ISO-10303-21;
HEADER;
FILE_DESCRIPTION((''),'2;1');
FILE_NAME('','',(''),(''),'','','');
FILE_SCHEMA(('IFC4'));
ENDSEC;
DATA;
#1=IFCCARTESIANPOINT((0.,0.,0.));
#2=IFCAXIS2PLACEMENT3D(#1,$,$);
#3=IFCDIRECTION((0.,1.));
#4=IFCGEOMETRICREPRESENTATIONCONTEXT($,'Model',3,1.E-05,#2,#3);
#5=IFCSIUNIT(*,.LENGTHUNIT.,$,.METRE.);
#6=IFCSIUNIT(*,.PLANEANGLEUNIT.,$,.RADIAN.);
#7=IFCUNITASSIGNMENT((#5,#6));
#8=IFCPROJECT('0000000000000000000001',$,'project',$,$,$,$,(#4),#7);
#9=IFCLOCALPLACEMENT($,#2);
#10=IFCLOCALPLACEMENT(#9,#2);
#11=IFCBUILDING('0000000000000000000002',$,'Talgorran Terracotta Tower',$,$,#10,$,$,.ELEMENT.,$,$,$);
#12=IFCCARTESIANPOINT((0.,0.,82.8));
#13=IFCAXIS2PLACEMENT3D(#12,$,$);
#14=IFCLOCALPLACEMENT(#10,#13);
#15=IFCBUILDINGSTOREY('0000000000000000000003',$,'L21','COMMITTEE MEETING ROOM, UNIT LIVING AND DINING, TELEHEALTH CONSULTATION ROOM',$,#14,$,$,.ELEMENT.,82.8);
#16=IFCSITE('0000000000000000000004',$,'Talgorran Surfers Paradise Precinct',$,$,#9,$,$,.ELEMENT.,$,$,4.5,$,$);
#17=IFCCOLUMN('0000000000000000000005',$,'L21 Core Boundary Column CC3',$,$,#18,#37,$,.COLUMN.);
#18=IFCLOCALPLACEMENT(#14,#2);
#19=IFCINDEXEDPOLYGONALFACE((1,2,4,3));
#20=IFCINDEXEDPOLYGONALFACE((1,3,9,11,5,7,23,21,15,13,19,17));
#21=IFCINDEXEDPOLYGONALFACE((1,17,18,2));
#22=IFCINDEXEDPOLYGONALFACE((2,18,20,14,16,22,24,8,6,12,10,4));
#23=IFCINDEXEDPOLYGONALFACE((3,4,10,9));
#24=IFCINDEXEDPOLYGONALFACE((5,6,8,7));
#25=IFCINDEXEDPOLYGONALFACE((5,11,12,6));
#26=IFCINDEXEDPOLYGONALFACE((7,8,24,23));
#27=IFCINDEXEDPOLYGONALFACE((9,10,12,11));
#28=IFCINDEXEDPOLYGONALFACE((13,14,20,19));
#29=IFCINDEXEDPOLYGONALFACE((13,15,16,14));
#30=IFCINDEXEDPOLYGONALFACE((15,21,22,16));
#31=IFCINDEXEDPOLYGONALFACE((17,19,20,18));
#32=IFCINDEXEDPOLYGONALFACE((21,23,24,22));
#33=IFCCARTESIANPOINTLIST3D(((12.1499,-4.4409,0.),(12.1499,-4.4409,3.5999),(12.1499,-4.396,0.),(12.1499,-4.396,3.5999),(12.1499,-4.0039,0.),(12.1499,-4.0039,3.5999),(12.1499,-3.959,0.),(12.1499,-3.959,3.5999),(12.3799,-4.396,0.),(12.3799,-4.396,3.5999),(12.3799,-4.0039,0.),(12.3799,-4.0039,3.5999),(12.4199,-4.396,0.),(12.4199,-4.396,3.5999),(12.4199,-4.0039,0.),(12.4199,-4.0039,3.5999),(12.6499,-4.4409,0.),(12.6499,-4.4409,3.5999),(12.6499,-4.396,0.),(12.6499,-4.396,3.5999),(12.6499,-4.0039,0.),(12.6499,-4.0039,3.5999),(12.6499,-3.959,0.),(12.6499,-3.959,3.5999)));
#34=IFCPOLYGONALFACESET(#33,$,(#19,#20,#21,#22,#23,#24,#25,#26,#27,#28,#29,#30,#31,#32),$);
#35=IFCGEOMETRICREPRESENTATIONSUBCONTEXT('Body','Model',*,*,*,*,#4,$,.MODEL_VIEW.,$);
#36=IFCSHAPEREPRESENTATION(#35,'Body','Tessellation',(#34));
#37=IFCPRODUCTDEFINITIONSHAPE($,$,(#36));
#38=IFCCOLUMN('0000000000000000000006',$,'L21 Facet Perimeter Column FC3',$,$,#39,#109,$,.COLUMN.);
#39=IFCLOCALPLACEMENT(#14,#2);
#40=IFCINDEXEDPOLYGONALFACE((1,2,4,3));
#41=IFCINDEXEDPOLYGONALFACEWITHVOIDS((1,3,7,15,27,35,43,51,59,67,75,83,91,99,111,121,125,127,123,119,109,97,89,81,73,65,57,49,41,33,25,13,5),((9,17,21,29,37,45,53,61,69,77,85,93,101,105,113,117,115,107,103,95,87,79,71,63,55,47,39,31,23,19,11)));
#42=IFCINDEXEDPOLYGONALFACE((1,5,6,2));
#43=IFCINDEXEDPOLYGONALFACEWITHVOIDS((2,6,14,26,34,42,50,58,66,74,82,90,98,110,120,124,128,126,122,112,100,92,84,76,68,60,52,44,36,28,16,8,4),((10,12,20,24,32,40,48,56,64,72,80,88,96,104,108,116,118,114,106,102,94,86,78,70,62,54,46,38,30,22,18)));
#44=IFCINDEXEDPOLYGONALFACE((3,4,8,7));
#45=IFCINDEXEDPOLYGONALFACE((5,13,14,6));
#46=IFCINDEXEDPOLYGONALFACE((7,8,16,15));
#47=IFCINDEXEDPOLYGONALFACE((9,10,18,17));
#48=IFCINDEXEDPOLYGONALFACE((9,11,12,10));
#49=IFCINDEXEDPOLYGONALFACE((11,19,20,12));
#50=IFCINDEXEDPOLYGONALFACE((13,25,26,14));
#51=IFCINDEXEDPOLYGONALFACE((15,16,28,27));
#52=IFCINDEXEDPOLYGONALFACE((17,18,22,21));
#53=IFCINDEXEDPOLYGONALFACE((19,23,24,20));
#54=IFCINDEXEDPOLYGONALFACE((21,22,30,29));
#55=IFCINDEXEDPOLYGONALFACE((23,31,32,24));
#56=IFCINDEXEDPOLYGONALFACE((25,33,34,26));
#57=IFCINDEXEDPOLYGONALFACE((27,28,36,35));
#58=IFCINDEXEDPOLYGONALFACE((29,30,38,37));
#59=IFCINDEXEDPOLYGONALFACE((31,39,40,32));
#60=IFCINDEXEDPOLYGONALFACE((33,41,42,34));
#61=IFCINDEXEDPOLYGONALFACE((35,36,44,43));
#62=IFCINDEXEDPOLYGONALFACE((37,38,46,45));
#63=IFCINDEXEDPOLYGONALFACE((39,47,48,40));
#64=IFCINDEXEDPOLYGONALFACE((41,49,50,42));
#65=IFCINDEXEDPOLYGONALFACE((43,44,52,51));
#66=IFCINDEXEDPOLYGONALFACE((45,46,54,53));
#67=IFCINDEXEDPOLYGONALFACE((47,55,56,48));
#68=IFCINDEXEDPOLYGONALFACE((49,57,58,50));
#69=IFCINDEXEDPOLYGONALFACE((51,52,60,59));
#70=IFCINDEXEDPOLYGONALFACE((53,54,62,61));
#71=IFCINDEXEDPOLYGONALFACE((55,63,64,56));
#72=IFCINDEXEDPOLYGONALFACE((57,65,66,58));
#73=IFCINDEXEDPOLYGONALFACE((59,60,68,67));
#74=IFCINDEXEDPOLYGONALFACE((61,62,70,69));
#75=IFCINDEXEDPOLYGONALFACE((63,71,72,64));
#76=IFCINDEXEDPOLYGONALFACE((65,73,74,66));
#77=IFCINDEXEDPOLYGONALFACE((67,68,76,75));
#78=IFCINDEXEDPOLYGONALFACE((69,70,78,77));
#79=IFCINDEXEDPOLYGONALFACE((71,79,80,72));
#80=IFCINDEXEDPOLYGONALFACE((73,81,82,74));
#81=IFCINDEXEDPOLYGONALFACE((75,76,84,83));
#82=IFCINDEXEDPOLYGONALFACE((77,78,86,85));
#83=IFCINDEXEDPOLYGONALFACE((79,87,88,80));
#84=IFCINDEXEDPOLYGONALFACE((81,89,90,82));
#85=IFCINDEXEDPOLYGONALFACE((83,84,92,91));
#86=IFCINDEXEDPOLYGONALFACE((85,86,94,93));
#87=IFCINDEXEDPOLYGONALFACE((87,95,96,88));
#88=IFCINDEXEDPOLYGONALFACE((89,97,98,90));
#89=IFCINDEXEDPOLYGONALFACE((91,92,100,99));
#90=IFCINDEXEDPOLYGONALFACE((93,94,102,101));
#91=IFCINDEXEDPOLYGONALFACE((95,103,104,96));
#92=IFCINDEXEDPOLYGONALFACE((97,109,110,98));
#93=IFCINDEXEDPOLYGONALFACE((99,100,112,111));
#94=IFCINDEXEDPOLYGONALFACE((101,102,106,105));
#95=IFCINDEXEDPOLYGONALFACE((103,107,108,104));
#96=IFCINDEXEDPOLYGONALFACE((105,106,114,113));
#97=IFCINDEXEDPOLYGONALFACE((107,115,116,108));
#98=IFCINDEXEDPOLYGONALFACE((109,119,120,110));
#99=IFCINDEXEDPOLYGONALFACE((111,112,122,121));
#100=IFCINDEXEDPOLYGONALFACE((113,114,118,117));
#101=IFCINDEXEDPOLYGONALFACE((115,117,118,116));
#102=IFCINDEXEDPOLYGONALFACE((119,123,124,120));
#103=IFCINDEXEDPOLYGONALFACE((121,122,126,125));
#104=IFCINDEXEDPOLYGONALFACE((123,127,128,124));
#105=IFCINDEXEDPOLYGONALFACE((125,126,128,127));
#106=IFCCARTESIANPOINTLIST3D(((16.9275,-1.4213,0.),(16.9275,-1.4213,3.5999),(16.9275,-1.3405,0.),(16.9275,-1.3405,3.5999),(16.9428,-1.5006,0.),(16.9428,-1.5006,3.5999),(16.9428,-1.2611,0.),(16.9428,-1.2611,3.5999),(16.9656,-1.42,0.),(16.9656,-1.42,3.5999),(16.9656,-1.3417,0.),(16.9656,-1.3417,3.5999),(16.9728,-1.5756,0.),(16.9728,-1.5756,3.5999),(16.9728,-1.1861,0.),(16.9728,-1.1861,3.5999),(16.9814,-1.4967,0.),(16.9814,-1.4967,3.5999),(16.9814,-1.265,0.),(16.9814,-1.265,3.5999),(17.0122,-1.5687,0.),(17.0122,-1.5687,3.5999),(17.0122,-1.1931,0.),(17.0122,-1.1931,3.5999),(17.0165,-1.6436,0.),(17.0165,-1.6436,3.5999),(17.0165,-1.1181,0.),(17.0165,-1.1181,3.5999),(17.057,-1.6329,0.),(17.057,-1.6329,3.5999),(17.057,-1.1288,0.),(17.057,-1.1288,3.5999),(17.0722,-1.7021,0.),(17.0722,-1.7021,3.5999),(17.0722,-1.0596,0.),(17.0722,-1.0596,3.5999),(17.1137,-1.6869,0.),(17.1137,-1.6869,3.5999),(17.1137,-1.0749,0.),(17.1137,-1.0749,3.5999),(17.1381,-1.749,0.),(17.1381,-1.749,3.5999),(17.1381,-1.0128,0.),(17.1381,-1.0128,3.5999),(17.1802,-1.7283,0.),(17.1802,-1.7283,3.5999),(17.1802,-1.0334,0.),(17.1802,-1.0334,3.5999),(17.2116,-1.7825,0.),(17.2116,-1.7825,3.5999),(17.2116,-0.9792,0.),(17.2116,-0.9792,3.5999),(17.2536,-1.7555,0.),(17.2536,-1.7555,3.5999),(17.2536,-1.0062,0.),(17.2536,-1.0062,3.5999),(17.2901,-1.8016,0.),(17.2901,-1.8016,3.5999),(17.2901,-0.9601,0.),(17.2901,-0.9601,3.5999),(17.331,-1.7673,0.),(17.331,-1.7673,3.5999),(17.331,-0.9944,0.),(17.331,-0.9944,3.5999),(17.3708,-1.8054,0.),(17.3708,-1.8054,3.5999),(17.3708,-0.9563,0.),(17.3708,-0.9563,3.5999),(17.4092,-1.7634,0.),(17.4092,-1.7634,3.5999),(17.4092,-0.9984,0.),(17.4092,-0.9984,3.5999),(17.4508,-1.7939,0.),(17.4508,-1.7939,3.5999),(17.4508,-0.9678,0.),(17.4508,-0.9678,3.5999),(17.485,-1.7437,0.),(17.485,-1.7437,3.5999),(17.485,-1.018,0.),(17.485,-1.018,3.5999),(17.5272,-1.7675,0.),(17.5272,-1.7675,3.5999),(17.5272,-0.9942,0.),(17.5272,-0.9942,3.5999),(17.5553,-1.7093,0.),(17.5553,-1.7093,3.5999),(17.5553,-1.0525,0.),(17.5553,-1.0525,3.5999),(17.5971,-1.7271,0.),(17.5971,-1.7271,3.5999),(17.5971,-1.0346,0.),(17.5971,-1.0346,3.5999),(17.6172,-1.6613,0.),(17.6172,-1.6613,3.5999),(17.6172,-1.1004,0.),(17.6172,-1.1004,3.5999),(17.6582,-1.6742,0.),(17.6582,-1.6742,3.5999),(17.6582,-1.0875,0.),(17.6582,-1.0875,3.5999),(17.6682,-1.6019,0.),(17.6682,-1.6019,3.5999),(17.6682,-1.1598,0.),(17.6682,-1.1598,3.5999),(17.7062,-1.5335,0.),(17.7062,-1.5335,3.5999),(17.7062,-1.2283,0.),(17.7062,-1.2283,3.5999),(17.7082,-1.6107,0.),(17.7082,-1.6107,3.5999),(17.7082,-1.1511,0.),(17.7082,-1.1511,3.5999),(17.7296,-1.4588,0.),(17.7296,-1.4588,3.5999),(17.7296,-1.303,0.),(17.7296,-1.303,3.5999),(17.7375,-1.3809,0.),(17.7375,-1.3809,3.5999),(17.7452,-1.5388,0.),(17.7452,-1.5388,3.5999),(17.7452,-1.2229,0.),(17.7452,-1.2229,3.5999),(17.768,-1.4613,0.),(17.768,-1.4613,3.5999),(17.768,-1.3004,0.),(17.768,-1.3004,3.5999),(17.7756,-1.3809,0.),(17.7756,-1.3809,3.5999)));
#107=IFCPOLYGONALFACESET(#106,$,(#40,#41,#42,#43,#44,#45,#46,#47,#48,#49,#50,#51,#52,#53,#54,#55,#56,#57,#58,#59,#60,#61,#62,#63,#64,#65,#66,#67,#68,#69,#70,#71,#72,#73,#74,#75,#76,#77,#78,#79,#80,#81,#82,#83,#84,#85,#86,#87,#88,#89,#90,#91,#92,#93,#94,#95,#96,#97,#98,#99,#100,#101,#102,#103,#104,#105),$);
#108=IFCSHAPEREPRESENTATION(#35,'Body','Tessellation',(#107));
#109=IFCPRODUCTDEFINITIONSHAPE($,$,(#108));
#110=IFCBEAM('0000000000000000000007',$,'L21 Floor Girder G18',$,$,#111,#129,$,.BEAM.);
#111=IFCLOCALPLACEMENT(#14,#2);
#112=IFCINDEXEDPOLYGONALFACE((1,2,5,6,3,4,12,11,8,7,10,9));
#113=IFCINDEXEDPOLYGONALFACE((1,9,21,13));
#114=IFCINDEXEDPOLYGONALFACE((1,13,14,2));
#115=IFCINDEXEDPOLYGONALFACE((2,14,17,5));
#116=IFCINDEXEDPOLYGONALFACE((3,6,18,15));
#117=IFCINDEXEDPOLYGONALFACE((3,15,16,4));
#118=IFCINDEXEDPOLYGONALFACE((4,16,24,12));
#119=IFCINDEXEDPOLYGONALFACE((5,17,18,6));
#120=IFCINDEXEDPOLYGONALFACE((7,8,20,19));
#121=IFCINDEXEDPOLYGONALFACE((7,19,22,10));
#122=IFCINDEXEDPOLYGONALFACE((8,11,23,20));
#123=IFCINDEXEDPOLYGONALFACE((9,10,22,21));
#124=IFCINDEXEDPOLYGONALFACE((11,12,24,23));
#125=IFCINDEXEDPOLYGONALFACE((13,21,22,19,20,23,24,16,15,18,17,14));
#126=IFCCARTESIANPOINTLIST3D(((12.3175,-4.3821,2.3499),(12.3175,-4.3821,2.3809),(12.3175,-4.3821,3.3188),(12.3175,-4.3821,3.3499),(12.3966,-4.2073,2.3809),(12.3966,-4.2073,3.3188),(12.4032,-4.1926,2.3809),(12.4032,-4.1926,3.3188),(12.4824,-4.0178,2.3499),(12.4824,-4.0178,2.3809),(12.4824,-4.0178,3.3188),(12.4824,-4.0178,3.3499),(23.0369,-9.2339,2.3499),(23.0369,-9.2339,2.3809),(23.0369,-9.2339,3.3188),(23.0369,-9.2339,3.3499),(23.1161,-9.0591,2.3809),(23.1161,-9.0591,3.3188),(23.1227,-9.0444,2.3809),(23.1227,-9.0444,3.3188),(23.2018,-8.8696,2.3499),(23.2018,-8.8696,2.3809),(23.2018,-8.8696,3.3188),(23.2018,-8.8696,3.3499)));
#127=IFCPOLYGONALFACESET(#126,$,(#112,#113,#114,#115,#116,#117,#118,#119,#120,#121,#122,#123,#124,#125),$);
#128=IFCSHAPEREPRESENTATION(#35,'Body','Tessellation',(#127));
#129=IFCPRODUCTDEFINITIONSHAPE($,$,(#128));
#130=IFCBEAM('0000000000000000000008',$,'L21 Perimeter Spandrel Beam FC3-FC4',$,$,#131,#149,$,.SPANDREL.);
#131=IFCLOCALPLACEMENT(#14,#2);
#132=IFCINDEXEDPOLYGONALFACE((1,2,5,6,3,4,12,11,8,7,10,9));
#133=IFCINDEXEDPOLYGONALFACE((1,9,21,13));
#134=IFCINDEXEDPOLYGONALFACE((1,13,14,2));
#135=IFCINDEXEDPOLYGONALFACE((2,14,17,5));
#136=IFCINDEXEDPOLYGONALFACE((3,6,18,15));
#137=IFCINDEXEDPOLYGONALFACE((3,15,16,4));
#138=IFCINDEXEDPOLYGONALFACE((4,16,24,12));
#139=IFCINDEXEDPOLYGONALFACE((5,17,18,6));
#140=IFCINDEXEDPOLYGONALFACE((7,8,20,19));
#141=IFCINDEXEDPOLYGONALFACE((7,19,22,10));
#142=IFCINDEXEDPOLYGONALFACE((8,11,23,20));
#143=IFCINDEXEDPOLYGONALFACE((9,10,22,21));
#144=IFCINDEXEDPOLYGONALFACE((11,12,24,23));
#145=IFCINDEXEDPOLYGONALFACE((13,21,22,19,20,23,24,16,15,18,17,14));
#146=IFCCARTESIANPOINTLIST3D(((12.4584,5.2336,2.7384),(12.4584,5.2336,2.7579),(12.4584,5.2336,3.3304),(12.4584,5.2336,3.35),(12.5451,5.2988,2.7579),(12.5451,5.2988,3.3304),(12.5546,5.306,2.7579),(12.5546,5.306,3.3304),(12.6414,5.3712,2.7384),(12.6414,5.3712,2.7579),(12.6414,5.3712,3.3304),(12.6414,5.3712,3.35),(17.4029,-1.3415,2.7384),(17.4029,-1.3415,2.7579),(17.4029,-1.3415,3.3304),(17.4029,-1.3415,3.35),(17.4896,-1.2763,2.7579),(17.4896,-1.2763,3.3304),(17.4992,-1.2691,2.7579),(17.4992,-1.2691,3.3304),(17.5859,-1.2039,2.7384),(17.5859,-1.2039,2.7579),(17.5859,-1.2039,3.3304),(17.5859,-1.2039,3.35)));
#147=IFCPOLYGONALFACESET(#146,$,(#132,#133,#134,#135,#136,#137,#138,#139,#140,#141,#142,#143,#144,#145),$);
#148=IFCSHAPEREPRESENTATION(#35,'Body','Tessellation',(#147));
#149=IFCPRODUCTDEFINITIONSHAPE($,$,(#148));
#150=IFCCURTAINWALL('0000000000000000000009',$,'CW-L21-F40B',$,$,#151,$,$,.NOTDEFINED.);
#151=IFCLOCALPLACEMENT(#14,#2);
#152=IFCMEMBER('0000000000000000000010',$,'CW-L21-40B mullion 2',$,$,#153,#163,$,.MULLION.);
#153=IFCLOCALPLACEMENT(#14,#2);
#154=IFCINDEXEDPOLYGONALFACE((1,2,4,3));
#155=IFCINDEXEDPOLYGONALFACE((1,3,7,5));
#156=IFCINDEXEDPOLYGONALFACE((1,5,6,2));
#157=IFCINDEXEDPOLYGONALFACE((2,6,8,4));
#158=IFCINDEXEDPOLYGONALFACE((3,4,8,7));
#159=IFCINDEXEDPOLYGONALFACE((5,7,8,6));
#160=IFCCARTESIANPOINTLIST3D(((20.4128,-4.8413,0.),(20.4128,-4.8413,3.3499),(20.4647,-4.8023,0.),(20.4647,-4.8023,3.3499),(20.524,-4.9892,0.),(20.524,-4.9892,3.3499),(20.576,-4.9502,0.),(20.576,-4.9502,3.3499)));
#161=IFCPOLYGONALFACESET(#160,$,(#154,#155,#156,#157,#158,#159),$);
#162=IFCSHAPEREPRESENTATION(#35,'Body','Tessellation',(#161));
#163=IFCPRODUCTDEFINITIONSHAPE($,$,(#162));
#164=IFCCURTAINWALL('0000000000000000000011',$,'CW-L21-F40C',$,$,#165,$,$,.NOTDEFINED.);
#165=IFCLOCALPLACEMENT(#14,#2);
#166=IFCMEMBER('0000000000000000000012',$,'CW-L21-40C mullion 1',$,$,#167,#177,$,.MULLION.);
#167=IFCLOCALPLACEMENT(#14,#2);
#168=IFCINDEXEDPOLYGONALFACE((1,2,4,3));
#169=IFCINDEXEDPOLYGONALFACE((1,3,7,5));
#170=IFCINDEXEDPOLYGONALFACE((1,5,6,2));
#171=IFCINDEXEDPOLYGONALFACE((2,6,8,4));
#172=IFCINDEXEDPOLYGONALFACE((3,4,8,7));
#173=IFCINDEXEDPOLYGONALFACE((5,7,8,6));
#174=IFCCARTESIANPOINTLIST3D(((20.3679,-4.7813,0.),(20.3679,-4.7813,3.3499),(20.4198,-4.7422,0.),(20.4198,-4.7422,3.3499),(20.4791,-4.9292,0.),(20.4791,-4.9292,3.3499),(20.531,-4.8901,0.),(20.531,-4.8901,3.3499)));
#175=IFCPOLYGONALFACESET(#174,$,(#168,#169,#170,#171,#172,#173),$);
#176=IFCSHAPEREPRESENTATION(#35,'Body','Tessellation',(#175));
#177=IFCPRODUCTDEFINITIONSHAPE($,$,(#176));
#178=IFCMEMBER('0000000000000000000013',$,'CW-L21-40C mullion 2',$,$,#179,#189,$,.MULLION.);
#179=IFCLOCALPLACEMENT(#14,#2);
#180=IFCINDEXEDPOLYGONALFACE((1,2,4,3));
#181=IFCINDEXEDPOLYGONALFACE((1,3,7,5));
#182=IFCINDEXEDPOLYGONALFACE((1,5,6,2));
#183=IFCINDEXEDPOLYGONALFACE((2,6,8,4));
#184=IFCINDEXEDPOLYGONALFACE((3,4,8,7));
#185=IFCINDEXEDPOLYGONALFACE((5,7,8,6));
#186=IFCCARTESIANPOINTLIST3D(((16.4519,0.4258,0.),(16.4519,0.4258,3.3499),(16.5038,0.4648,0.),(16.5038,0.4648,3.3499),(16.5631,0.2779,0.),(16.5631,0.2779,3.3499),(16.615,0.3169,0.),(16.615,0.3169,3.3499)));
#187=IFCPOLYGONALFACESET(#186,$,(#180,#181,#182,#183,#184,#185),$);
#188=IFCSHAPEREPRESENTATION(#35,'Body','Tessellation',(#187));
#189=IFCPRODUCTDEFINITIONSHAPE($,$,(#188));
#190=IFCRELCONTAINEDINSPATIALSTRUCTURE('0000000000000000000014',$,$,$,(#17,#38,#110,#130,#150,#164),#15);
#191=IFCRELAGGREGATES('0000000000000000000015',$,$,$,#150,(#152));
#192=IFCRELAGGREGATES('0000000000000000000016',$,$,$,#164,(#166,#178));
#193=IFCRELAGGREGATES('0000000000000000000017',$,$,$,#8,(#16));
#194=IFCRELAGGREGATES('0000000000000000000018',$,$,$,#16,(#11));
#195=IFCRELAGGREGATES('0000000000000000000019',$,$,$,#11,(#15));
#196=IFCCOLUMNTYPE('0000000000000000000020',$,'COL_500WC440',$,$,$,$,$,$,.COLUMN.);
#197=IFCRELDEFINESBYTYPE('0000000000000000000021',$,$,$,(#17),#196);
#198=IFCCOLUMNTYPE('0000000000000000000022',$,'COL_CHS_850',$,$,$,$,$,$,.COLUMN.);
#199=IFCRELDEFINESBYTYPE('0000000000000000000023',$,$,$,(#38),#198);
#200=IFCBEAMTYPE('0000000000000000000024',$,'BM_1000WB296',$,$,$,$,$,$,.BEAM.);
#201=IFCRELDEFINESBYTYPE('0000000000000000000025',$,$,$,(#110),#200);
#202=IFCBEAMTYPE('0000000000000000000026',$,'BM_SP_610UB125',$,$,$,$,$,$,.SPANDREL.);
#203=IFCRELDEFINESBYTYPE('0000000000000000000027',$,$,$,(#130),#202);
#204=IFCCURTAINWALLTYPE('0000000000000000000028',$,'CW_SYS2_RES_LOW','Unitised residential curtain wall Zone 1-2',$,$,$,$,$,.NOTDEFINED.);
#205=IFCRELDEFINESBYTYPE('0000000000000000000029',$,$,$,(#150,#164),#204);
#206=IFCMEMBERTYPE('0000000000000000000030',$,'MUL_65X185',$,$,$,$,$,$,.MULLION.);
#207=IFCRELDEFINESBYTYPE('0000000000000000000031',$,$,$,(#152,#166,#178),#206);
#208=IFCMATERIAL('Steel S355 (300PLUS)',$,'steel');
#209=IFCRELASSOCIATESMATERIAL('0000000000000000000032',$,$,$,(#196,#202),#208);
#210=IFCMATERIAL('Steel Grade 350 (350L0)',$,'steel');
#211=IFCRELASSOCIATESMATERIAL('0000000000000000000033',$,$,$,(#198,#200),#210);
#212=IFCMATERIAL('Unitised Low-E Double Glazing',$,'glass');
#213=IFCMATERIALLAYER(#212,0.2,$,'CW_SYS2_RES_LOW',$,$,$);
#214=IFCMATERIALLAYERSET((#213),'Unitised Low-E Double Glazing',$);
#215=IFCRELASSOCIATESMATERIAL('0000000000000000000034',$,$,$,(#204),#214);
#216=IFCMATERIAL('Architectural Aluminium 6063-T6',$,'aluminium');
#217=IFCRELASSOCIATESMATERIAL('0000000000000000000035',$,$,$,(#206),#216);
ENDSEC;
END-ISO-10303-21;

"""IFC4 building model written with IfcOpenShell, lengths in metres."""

from ifc_helpers import new_model, si_unit, direction, frame, origin, origin_2d, place, context, subcontext, project, spatial, rectangle, hollow_circle, i_section, extrude, material, layer, layer_set, material_profile, profile_set, type_object, element, aggregate, save


model = new_model("IFC4")

# Units and contexts
model_context = context("Model", 3, precision=1e-05, world=origin(), true_north=direction((0.0, 1.0)))
body_context = subcontext(model_context, "Body", "Model", "MODEL_VIEW")
ifc_project = project(units=[si_unit("LENGTHUNIT", "METRE"), si_unit("PLANEANGLEUNIT", "RADIAN")], contexts=[model_context])

# Site, building, storey
site_placement = place(None, origin())
site = spatial("IfcSite", under=ifc_project, at=site_placement, Name="Talgorran Surfers Paradise Precinct", CompositionType="ELEMENT", RefElevation=4.5)
building_placement = place(site_placement, origin())
building = spatial("IfcBuilding", under=site, at=building_placement, Name="Talgorran Terracotta Tower", CompositionType="ELEMENT")
storey_placement = place(building_placement, frame((0.0, 0.0, 82.8)))
storey = spatial("IfcBuildingStorey", under=building, at=storey_placement, Name="L21", Description="COMMITTEE MEETING ROOM, UNIT LIVING AND DINING, TELEHEALTH CONSULTATION ROOM", CompositionType="ELEMENT", Elevation=82.8)

# Columns
ifc_material_1 = material(Name="Steel S355 (300PLUS)", Category="steel")
ifc_material_profile_1 = material_profile(ifc_material_1, i_section(OverallWidth=0.5, OverallDepth=0.4819, WebThickness=0.04, FlangeThickness=0.0449, at=origin_2d()), Name="500WC440")
ifc_profile_set_1 = profile_set([ifc_material_profile_1], Name="Steel S355 (300PLUS)")
column_type_1 = type_object("IfcColumnType", Name="COL_500WC440", PredefinedType="COLUMN", material=ifc_profile_set_1)
column_1_placement = place(storey_placement, frame((12.3999, -4.2, 0.0), z_axis=(0.0, 0.0, 1.0), x_axis=(1.0, 0.0, 0.0)))
element("IfcColumn", 1, at=column_1_placement, inside=storey, type_object=column_type_1, Name="L21 Core Boundary Column CC3", PredefinedType="COLUMN", context=body_context, shape_type="SweptSolid", body=[
    extrude(i_section(OverallWidth=0.5, OverallDepth=0.4819, WebThickness=0.04, FlangeThickness=0.0449, at=origin_2d()), origin(), (0.0, 0.0, 1.0), 3.5999),
])
ifc_material_2 = material(Name="Steel Grade 350 (350L0)", Category="steel")
ifc_material_profile_2 = material_profile(ifc_material_2, hollow_circle(Radius=0.425, WallThickness=0.0381, at=origin_2d()), Name="CHS850X38")
ifc_profile_set_2 = profile_set([ifc_material_profile_2], Name="Steel Grade 350 (350L0)")
column_type_2 = type_object("IfcColumnType", Name="COL_CHS_850", PredefinedType="COLUMN", material=ifc_profile_set_2)
column_2_placement = place(storey_placement, frame((17.3506, -1.3809, 0.0), z_axis=(0.0, 0.0, 1.0), x_axis=(1.0, 0.0, 0.0)))
element("IfcColumn", 2, at=column_2_placement, inside=storey, type_object=column_type_2, Name="L21 Facet Perimeter Column FC3", PredefinedType="COLUMN", context=body_context, shape_type="SweptSolid", body=[
    extrude(hollow_circle(Radius=0.425, WallThickness=0.0381, at=origin_2d()), origin(), (0.0, 0.0, 1.0), 3.5999),
])

# Beams
ifc_material_profile_3 = material_profile(ifc_material_2, i_section(OverallWidth=0.3999, OverallDepth=1.0, WebThickness=0.0161, FlangeThickness=0.031, at=origin_2d()), Name="1000WB296")
ifc_profile_set_3 = profile_set([ifc_material_profile_3], Name="Steel Grade 350 (350L0)")
beam_type_1 = type_object("IfcBeamType", Name="BM_1000WB296", PredefinedType="BEAM", material=ifc_profile_set_3)
beam_1_placement = place(storey_placement, frame((12.3999, -4.2, 2.8499), z_axis=(0.911028, -0.412345, 0.0), x_axis=(0.412345, 0.911028, 0.0)))
element("IfcBeam", 3, at=beam_1_placement, inside=storey, type_object=beam_type_1, Name="L21 Floor Girder G18", PredefinedType="BEAM", context=body_context, shape_type="SweptSolid", body=[
    extrude(i_section(OverallWidth=0.3999, OverallDepth=1.0, WebThickness=0.0161, FlangeThickness=0.031, at=origin_2d()), origin(), (0.0, 0.0, 1.0), 11.7664),
])
ifc_material_profile_4 = material_profile(ifc_material_1, i_section(OverallWidth=0.229, OverallDepth=0.6116, WebThickness=0.012, FlangeThickness=0.0195, at=origin_2d()), Name="610UB125")
ifc_profile_set_4 = profile_set([ifc_material_profile_4], Name="Steel S355 (300PLUS)")
beam_type_2 = type_object("IfcBeamType", Name="BM_SP_610UB125", PredefinedType="SPANDREL", material=ifc_profile_set_4)
beam_2_placement = place(storey_placement, frame((17.4944, -1.2727, 3.0442), z_axis=(-0.601025, 0.79923, 0.0), x_axis=(-0.79923, -0.601025, 0.0)))
element("IfcBeam", 4, at=beam_2_placement, inside=storey, type_object=beam_type_2, Name="L21 Perimeter Spandrel Beam FC3-FC4", PredefinedType="SPANDREL", context=body_context, shape_type="SweptSolid", body=[
    extrude(i_section(OverallWidth=0.229, OverallDepth=0.6116, WebThickness=0.012, FlangeThickness=0.0195, at=origin_2d()), origin(), (0.0, 0.0, 1.0), 8.2268),
])

# Curtain wall, member
ifc_material_3 = material(Name="Unitised Low-E Double Glazing", Category="glass")
ifc_layer_1 = layer(ifc_material_3, 0.2, Name="CW_SYS2_RES_LOW")
ifc_layer_set_1 = layer_set([ifc_layer_1], Name="Unitised Low-E Double Glazing")
curtain_wall_type = type_object("IfcCurtainWallType", Name="CW_SYS2_RES_LOW", Description="Unitised residential curtain wall Zone 1-2", PredefinedType="NOTDEFINED", material=ifc_layer_set_1)
curtain_wall_1_placement = place(storey_placement, origin())
curtain_wall_1 = element("IfcCurtainWall", 5, at=curtain_wall_1_placement, inside=storey, type_object=curtain_wall_type, Name="CW-L21-F40B", PredefinedType="NOTDEFINED")
ifc_material_4 = material(Name="Architectural Aluminium 6063-T6", Category="aluminium")
ifc_material_profile_5 = material_profile(ifc_material_4, rectangle(XDim=0.0649, YDim=0.1851, at=origin_2d()), Name="CWM65X185")
ifc_profile_set_5 = profile_set([ifc_material_profile_5], Name="Architectural Aluminium 6063-T6")
member_type_1 = type_object("IfcMemberType", Name="MUL_65X185", PredefinedType="MULLION", material=ifc_profile_set_5)
member_1_placement = place(storey_placement, frame((20.4944, -4.8958, 0.0), z_axis=(0.0, 0.0, 1.0), x_axis=(-0.799213, -0.601048, 0.0)))
member_1 = element("IfcMember", 6, at=member_1_placement, type_object=member_type_1, Name="CW-L21-40B mullion 2", PredefinedType="MULLION", context=body_context, shape_type="SweptSolid", body=[
    extrude(rectangle(XDim=0.0649, YDim=0.1851, at=origin_2d()), origin(), (0.0, 0.0, 1.0), 3.3499),
])
aggregate(curtain_wall_1, [member_1])

# Curtain wall, members
curtain_wall_2_placement = place(storey_placement, origin())
curtain_wall_2 = element("IfcCurtainWall", 7, at=curtain_wall_2_placement, inside=storey, type_object=curtain_wall_type, Name="CW-L21-F40C", PredefinedType="NOTDEFINED")
member_2_placement = place(storey_placement, frame((20.4495, -4.8357, 0.0), z_axis=(0.0, 0.0, 1.0), x_axis=(-0.79921, -0.601052, 0.0)))
member_2 = element("IfcMember", 8, at=member_2_placement, type_object=member_type_1, Name="CW-L21-40C mullion 1", PredefinedType="MULLION", context=body_context, shape_type="SweptSolid", body=[
    extrude(rectangle(XDim=0.0649, YDim=0.1851, at=origin_2d()), origin(), (0.0, 0.0, 1.0), 3.3499),
])
member_3_placement = place(storey_placement, frame((16.5334, 0.3713, 0.0), z_axis=(0.0, 0.0, 1.0), x_axis=(-0.79921, -0.601052, 0.0)))
member_3 = element("IfcMember", 9, at=member_3_placement, type_object=member_type_1, Name="CW-L21-40C mullion 2", PredefinedType="MULLION", context=body_context, shape_type="SweptSolid", body=[
    extrude(rectangle(XDim=0.0649, YDim=0.1851, at=origin_2d()), origin(), (0.0, 0.0, 1.0), 3.3499),
])

aggregate(curtain_wall_2, [member_2, member_3])

save(model, "model.ifc")
